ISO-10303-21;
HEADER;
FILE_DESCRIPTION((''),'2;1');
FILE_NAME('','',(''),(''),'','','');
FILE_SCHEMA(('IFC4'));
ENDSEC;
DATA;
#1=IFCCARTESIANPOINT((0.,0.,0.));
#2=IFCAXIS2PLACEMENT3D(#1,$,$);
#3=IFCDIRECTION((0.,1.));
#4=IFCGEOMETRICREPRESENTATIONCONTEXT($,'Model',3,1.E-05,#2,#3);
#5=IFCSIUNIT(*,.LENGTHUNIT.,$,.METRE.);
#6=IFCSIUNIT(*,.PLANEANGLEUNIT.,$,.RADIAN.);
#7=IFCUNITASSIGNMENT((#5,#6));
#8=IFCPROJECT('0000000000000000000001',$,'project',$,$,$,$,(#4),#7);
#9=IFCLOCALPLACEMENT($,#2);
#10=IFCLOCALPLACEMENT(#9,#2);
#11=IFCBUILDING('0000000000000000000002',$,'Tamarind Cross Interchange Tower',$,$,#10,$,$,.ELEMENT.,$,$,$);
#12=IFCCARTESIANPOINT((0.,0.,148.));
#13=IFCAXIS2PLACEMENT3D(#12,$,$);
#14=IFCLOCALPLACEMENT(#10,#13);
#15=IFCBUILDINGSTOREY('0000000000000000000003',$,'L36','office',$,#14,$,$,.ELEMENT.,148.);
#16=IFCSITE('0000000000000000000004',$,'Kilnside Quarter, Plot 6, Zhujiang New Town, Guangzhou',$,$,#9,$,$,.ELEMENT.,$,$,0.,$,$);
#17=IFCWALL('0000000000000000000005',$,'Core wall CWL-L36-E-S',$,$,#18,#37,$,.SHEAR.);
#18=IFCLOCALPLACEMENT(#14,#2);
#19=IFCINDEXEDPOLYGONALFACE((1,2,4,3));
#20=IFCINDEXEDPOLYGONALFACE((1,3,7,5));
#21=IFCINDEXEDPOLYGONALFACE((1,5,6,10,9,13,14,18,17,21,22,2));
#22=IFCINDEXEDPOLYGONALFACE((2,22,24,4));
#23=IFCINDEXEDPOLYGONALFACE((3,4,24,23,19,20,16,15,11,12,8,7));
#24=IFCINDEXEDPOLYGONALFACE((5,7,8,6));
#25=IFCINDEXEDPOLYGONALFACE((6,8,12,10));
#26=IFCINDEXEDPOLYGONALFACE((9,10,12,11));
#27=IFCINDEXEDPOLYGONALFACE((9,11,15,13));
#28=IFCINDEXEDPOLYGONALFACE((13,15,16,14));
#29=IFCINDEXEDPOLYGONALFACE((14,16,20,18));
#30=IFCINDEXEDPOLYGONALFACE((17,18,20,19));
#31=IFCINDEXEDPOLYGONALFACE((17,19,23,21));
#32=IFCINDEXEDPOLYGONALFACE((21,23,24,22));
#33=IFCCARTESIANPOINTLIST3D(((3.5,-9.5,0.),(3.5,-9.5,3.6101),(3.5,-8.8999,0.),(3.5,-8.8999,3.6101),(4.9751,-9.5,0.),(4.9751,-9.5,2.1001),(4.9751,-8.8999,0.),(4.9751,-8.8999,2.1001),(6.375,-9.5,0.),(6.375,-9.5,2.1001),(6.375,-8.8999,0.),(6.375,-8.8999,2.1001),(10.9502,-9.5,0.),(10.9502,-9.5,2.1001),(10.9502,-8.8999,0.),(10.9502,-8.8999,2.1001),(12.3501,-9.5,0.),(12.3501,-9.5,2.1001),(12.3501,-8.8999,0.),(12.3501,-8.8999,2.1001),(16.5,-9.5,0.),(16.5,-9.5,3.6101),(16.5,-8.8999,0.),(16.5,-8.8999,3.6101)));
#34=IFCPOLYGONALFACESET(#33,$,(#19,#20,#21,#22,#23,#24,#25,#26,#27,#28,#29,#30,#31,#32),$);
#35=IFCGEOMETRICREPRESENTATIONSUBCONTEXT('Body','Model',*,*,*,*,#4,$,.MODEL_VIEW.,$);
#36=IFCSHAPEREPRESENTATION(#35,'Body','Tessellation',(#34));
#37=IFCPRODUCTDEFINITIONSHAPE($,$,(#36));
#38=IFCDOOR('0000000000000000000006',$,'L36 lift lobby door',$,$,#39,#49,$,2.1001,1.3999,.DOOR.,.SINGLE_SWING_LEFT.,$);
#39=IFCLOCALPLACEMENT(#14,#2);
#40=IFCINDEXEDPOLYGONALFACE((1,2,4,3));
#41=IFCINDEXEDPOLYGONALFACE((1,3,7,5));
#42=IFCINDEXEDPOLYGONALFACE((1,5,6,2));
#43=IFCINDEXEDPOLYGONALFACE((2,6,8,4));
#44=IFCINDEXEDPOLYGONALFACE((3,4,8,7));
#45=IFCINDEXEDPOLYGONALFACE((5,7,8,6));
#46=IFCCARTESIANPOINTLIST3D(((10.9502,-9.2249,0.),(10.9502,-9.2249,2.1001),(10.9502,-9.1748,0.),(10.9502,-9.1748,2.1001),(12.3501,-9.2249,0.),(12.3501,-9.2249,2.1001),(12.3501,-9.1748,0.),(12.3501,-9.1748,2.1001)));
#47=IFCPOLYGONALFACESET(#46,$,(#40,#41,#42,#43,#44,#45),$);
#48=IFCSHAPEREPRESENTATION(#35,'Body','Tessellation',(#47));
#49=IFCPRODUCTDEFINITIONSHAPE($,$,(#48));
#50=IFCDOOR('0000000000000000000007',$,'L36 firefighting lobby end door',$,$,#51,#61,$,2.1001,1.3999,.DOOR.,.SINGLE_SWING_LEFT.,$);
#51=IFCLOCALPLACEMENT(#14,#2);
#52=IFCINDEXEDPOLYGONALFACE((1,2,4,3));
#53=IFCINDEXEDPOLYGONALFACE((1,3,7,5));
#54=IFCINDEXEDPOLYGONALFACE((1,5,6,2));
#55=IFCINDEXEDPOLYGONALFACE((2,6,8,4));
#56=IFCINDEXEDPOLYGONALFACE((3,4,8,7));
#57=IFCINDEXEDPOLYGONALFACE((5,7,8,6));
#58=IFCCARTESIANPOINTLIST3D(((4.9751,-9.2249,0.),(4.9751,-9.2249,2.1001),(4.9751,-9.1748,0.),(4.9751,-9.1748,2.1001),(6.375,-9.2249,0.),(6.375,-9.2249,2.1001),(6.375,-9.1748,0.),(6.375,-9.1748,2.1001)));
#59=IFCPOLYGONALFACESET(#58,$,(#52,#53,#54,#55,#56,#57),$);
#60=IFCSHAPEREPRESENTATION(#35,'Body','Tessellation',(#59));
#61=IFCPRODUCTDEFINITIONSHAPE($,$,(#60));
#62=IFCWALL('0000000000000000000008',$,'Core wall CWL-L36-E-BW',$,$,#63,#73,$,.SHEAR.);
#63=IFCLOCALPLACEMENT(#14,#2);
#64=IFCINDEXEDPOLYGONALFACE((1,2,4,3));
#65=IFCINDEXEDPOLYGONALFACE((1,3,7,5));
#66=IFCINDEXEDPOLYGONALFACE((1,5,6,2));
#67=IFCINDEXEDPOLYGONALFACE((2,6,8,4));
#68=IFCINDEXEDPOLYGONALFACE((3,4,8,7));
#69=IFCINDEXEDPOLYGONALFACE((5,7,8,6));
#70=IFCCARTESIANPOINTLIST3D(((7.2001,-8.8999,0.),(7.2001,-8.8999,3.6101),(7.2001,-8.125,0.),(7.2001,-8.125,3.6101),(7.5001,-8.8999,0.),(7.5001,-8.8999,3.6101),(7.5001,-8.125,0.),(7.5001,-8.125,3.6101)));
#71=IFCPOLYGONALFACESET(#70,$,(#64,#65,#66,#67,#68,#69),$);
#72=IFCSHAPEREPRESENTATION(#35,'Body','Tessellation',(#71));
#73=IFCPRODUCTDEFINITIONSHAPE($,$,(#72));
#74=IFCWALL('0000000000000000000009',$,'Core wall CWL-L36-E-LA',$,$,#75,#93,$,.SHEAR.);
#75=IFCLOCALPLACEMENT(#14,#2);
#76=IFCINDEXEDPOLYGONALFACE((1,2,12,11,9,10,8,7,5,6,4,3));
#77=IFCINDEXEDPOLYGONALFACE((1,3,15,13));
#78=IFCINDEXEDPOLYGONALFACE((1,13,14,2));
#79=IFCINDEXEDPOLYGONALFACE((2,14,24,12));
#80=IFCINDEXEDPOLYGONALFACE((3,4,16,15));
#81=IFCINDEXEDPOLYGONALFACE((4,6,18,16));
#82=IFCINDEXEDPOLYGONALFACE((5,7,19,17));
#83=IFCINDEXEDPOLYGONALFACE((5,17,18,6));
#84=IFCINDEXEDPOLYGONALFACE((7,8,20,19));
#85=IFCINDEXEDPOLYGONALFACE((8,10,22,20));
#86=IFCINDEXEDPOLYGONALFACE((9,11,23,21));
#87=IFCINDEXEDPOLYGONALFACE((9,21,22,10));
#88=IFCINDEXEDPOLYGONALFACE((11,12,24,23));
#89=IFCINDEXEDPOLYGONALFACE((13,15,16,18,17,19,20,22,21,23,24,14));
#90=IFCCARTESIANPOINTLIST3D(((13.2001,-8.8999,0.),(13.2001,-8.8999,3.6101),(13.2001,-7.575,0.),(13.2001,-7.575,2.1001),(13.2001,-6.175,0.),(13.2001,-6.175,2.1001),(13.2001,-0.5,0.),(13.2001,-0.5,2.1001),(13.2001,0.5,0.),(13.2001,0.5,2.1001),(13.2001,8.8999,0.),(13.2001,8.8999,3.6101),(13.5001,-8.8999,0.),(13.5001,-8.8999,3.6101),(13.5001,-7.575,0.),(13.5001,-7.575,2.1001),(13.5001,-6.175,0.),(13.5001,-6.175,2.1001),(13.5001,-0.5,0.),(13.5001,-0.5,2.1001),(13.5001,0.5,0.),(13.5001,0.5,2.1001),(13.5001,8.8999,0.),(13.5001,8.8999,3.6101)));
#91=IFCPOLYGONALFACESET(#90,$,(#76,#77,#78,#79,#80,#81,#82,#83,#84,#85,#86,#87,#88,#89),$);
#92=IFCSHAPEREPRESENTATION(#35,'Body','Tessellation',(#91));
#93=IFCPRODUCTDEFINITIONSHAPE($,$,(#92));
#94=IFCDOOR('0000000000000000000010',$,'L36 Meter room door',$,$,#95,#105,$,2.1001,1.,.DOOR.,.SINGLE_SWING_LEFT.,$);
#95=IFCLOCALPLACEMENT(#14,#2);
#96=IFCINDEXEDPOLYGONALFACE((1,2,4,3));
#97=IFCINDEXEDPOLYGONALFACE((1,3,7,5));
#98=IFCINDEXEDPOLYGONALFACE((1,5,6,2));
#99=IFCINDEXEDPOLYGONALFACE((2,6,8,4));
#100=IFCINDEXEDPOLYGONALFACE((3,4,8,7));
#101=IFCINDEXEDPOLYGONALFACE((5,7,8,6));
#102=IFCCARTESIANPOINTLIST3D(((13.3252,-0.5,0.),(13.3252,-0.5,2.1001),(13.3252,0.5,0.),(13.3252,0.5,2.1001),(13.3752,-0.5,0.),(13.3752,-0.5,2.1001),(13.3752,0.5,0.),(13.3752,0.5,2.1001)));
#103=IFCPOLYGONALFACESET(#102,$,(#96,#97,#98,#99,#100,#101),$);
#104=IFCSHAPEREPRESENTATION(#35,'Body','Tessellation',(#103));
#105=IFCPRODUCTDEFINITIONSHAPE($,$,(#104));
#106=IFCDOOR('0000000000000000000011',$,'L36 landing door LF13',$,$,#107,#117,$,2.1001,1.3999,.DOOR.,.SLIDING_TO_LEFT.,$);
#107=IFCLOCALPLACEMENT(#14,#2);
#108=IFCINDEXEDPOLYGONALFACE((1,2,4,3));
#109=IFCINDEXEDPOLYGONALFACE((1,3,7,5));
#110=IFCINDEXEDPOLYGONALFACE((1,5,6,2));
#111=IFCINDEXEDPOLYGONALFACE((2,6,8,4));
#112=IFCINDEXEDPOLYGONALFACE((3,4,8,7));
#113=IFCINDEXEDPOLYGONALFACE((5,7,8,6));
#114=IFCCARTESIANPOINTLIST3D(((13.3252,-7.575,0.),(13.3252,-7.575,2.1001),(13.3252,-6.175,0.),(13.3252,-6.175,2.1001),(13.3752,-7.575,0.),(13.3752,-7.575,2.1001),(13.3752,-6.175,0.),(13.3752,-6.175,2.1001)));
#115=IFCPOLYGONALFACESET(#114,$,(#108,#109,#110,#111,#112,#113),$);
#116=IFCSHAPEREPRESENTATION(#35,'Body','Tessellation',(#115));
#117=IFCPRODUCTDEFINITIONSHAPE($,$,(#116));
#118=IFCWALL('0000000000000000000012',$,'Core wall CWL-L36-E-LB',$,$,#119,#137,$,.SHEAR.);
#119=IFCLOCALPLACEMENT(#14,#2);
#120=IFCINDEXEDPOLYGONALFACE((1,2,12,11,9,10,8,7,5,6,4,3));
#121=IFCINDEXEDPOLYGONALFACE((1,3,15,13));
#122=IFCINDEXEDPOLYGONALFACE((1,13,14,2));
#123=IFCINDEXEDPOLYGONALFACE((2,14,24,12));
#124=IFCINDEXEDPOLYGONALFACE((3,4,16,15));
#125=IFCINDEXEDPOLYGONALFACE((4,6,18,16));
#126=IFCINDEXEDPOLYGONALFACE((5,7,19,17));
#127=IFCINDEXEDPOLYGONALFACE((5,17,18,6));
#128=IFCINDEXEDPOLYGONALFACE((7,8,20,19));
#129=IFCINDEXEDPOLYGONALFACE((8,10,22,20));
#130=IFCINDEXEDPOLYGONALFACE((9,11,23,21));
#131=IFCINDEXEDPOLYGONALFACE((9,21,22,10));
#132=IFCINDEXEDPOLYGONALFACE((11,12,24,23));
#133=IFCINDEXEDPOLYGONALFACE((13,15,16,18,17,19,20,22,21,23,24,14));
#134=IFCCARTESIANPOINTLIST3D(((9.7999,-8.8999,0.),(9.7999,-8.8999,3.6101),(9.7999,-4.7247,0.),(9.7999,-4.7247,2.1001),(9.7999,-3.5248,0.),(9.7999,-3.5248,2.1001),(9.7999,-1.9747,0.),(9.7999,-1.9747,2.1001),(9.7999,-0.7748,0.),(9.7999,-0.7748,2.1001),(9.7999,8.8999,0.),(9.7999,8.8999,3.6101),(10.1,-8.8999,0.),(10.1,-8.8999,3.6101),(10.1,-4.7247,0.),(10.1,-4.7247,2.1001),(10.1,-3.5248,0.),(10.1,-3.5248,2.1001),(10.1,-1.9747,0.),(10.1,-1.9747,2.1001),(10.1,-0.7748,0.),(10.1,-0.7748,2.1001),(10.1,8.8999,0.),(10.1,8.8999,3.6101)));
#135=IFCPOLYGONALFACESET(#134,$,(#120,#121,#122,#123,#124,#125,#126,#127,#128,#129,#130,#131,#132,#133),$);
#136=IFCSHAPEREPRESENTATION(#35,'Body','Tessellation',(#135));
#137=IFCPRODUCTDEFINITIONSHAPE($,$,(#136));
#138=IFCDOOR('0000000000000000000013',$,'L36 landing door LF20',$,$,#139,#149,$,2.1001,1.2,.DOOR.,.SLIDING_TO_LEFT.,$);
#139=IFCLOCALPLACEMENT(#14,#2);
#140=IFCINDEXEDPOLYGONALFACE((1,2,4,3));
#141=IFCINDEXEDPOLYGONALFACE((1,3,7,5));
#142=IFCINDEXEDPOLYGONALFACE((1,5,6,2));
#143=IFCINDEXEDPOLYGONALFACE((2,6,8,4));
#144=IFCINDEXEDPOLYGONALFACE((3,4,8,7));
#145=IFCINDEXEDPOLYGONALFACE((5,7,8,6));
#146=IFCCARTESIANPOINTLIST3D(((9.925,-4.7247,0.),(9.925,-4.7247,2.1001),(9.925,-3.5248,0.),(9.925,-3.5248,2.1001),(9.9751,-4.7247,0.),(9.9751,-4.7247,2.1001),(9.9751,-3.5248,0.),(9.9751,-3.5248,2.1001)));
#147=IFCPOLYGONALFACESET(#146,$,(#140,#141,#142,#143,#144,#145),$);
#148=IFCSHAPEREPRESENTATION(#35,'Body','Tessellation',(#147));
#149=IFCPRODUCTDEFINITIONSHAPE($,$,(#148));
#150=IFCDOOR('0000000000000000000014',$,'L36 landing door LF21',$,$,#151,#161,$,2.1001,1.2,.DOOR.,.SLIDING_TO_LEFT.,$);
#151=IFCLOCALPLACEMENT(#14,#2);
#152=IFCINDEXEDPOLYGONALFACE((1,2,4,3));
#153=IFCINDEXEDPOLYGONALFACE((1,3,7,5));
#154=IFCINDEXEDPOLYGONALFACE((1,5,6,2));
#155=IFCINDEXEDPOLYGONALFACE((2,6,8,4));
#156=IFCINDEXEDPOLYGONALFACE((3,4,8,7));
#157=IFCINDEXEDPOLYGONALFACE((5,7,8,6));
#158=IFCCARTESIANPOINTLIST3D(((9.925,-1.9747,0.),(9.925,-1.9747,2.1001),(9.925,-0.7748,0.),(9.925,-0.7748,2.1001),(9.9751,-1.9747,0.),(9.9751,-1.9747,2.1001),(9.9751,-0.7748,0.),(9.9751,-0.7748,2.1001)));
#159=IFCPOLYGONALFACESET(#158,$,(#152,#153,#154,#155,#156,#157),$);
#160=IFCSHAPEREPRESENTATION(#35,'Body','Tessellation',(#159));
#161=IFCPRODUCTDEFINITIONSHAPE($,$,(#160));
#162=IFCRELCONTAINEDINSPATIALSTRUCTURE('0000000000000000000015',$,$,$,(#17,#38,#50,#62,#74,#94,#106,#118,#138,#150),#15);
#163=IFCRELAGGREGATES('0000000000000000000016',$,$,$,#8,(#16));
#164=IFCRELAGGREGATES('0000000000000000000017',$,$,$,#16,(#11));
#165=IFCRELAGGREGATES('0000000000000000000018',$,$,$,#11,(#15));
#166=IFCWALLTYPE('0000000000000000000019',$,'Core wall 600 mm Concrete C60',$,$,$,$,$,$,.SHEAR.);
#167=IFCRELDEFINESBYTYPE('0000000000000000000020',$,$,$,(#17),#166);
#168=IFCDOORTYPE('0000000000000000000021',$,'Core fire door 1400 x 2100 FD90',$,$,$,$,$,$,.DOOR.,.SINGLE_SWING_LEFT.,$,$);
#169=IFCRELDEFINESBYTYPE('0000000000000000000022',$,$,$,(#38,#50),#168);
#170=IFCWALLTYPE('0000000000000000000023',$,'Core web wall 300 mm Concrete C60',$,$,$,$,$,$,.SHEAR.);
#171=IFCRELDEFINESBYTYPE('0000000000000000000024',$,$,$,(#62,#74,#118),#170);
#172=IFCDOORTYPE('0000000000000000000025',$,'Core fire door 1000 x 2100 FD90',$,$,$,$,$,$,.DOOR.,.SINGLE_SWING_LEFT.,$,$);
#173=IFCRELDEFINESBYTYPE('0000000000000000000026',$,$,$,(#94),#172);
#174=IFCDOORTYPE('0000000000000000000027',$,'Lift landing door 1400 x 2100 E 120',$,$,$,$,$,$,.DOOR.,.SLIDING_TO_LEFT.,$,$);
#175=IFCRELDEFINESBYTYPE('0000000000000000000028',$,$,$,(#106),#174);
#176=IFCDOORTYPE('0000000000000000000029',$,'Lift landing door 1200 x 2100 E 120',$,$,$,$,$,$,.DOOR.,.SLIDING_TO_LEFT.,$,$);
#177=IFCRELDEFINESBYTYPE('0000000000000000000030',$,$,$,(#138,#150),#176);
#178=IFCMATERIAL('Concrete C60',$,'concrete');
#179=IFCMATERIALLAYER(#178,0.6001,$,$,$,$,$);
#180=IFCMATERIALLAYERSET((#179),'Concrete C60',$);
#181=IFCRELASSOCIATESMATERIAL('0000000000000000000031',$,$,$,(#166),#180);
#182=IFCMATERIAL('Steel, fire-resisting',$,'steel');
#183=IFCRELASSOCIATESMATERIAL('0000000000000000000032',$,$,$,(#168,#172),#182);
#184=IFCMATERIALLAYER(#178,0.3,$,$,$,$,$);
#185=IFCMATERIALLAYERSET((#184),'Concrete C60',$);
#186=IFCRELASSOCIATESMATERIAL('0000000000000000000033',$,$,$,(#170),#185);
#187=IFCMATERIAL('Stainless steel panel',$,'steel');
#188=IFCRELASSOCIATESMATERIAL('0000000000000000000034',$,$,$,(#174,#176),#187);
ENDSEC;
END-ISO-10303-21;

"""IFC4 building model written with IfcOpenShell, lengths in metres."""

from ifc_helpers import new_model, si_unit, direction, frame, frame_2d, origin, place, context, subcontext, project, spatial, rectangle, extrude, material, layer, layer_set, type_object, element, fill, save


model = new_model("IFC4")

# Units and contexts
model_context = context("Model", 3, precision=1e-05, world=origin(), true_north=direction((0.0, 1.0)))
body_context = subcontext(model_context, "Body", "Model", "MODEL_VIEW")
ifc_project = project(units=[si_unit("LENGTHUNIT", "METRE"), si_unit("PLANEANGLEUNIT", "RADIAN")], contexts=[model_context])

# Site, building, storey
site_placement = place(None, origin())
site = spatial("IfcSite", under=ifc_project, at=site_placement, Name="Kilnside Quarter, Plot 6, Zhujiang New Town, Guangzhou", CompositionType="ELEMENT", RefElevation=0.0)
building_placement = place(site_placement, origin())
building = spatial("IfcBuilding", under=site, at=building_placement, Name="Tamarind Cross Interchange Tower", CompositionType="ELEMENT")
storey_placement = place(building_placement, frame((0.0, 0.0, 148.0)))
storey = spatial("IfcBuildingStorey", under=building, at=storey_placement, Name="L36", Description="office", CompositionType="ELEMENT", Elevation=148.0)

# Wall, openings, doors
ifc_material_1 = material(Name="Concrete C60", Category="concrete")
ifc_layer_1 = layer(ifc_material_1, 0.6001)
ifc_layer_set_1 = layer_set([ifc_layer_1], Name="Concrete C60")
wall_type_1 = type_object("IfcWallType", Name="Core wall 600 mm Concrete C60", PredefinedType="SHEAR", material=ifc_layer_set_1)
wall_1_placement = place(storey_placement, frame((16.5, -9.2, 0.0), z_axis=(0.0, 0.0, 1.0), x_axis=(-1.0, 0.0, 0.0)))
wall_1 = element("IfcWall", 1, at=wall_1_placement, inside=storey, type_object=wall_type_1, Name="Core wall CWL-L36-E-S", PredefinedType="SHEAR", context=body_context, shape_type="SweptSolid", body=[
    extrude(rectangle(XDim=13.0, YDim=0.6001, at=frame_2d((6.5, 0.0))), origin(), (0.0, 0.0, 1.0), 3.6101),
])
opening_1_placement = place(wall_1_placement, frame((4.1499, 0.0, 0.0)))
opening_1 = element("IfcOpeningElement", 2, at=opening_1_placement, cuts=wall_1, PredefinedType="OPENING", context=body_context, shape_type="SweptSolid", body=[
    extrude(rectangle(XDim=1.3999, YDim=2.1001, at=frame_2d((0.7, 1.05))), frame((0.0, 0.3101, 0.0), z_axis=(0.0, -1.0, 0.0), x_axis=(1.0, 0.0, 0.0)), (0.0, 0.0, 1.0), 0.6201),
])
opening_2_placement = place(wall_1_placement, frame((10.125, 0.0, 0.0)))
opening_2 = element("IfcOpeningElement", 3, at=opening_2_placement, cuts=wall_1, PredefinedType="OPENING", context=body_context, shape_type="SweptSolid", body=[
    extrude(rectangle(XDim=1.3999, YDim=2.1001, at=frame_2d((0.7, 1.05))), frame((0.0, 0.3101, 0.0), z_axis=(0.0, -1.0, 0.0), x_axis=(1.0, 0.0, 0.0)), (0.0, 0.0, 1.0), 0.6201),
])
ifc_material_2 = material(Name="Steel, fire-resisting", Category="steel")
door_type_1 = type_object("IfcDoorType", Name="Core fire door 1400 x 2100 FD90", OperationType="SINGLE_SWING_LEFT", PredefinedType="DOOR", material=ifc_material_2)
door_1_placement = place(opening_1_placement, origin())
door_1 = element("IfcDoor", 4, at=door_1_placement, inside=storey, type_object=door_type_1, Name="L36 lift lobby door", OperationType="SINGLE_SWING_LEFT", OverallHeight=2.1001, OverallWidth=1.3999, PredefinedType="DOOR", context=body_context, shape_type="SweptSolid", body=[
    extrude(rectangle(XDim=1.3999, YDim=2.1001, at=frame_2d((0.7, 1.05))), frame((0.0, 0.0249, 0.0), z_axis=(0.0, -1.0, 0.0), x_axis=(1.0, 0.0, 0.0)), (0.0, 0.0, 1.0), 0.05),
])
fill(opening_1, door_1)
door_2_placement = place(opening_2_placement, origin())
door_2 = element("IfcDoor", 5, at=door_2_placement, inside=storey, type_object=door_type_1, Name="L36 firefighting lobby end door", OperationType="SINGLE_SWING_LEFT", OverallHeight=2.1001, OverallWidth=1.3999, PredefinedType="DOOR", context=body_context, shape_type="SweptSolid", body=[
    extrude(rectangle(XDim=1.3999, YDim=2.1001, at=frame_2d((0.7, 1.05))), frame((0.0, 0.0249, 0.0), z_axis=(0.0, -1.0, 0.0), x_axis=(1.0, 0.0, 0.0)), (0.0, 0.0, 1.0), 0.05),
])
fill(opening_2, door_2)

# Wall
ifc_layer_2 = layer(ifc_material_1, 0.3)
ifc_layer_set_2 = layer_set([ifc_layer_2], Name="Concrete C60")
wall_type_2 = type_object("IfcWallType", Name="Core web wall 300 mm Concrete C60", PredefinedType="SHEAR", material=ifc_layer_set_2)
wall_2_placement = place(storey_placement, frame((7.3501, -8.8999, 0.0), z_axis=(0.0, 0.0, 1.0), x_axis=(0.0, 1.0, 0.0)))
element("IfcWall", 6, at=wall_2_placement, inside=storey, type_object=wall_type_2, Name="Core wall CWL-L36-E-BW", PredefinedType="SHEAR", context=body_context, shape_type="SweptSolid", body=[
    extrude(rectangle(XDim=0.7749, YDim=0.3, at=frame_2d((0.3875, 0.0))), origin(), (0.0, 0.0, 1.0), 3.6101),
])

# Walls, openings, doors
wall_3_placement = place(storey_placement, frame((13.3501, -8.8999, 0.0), z_axis=(0.0, 0.0, 1.0), x_axis=(0.0, 1.0, 0.0)))
wall_3 = element("IfcWall", 7, at=wall_3_placement, inside=storey, type_object=wall_type_2, Name="Core wall CWL-L36-E-LA", PredefinedType="SHEAR", context=body_context, shape_type="SweptSolid", body=[
    extrude(rectangle(XDim=17.7998, YDim=0.3, at=frame_2d((8.8999, 0.0))), origin(), (0.0, 0.0, 1.0), 3.6101),
])
opening_3_placement = place(wall_3_placement, frame((1.325, 0.0, 0.0)))
opening_3 = element("IfcOpeningElement", 8, at=opening_3_placement, cuts=wall_3, PredefinedType="OPENING", context=body_context, shape_type="SweptSolid", body=[
    extrude(rectangle(XDim=1.3999, YDim=2.1001, at=frame_2d((0.7, 1.05))), frame((0.0, 0.1599, 0.0), z_axis=(0.0, -1.0, 0.0), x_axis=(1.0, 0.0, 0.0)), (0.0, 0.0, 1.0), 0.3201),
])
opening_4_placement = place(wall_3_placement, frame((8.3999, 0.0, 0.0)))
opening_4 = element("IfcOpeningElement", 9, at=opening_4_placement, cuts=wall_3, PredefinedType="OPENING", context=body_context, shape_type="SweptSolid", body=[
    extrude(rectangle(XDim=1.0, YDim=2.1001, at=frame_2d((0.5, 1.05))), frame((0.0, 0.1599, 0.0), z_axis=(0.0, -1.0, 0.0), x_axis=(1.0, 0.0, 0.0)), (0.0, 0.0, 1.0), 0.3201),
])
door_type_2 = type_object("IfcDoorType", Name="Core fire door 1000 x 2100 FD90", OperationType="SINGLE_SWING_LEFT", PredefinedType="DOOR", material=ifc_material_2)
door_3_placement = place(opening_4_placement, origin())
door_3 = element("IfcDoor", 10, at=door_3_placement, inside=storey, type_object=door_type_2, Name="L36 Meter room door", OperationType="SINGLE_SWING_LEFT", OverallHeight=2.1001, OverallWidth=1.0, PredefinedType="DOOR", context=body_context, shape_type="SweptSolid", body=[
    extrude(rectangle(XDim=1.0, YDim=2.1001, at=frame_2d((0.5, 1.05))), frame((0.0, 0.0249, 0.0), z_axis=(0.0, -1.0, 0.0), x_axis=(1.0, 0.0, 0.0)), (0.0, 0.0, 1.0), 0.05),
])
fill(opening_4, door_3)
ifc_material_3 = material(Name="Stainless steel panel", Category="steel")
door_type_3 = type_object("IfcDoorType", Name="Lift landing door 1400 x 2100 E 120", OperationType="SLIDING_TO_LEFT", PredefinedType="DOOR", material=ifc_material_3)
door_4_placement = place(opening_3_placement, origin())
door_4 = element("IfcDoor", 11, at=door_4_placement, inside=storey, type_object=door_type_3, Name="L36 landing door LF13", OperationType="SLIDING_TO_LEFT", OverallHeight=2.1001, OverallWidth=1.3999, PredefinedType="DOOR", context=body_context, shape_type="SweptSolid", body=[
    extrude(rectangle(XDim=1.3999, YDim=2.1001, at=frame_2d((0.7, 1.05))), frame((0.0, 0.0249, 0.0), z_axis=(0.0, -1.0, 0.0), x_axis=(1.0, 0.0, 0.0)), (0.0, 0.0, 1.0), 0.05),
])
fill(opening_3, door_4)
wall_4_placement = place(storey_placement, frame((9.95, -8.8999, 0.0), z_axis=(0.0, 0.0, 1.0), x_axis=(0.0, 1.0, 0.0)))
wall_4 = element("IfcWall", 12, at=wall_4_placement, inside=storey, type_object=wall_type_2, Name="Core wall CWL-L36-E-LB", PredefinedType="SHEAR", context=body_context, shape_type="SweptSolid", body=[
    extrude(rectangle(XDim=17.7998, YDim=0.3, at=frame_2d((8.8999, 0.0))), origin(), (0.0, 0.0, 1.0), 3.6101),
])
opening_5_placement = place(wall_4_placement, frame((4.175, 0.0, 0.0)))
opening_5 = element("IfcOpeningElement", 13, at=opening_5_placement, cuts=wall_4, PredefinedType="OPENING", context=body_context, shape_type="SweptSolid", body=[
    extrude(rectangle(XDim=1.2, YDim=2.1001, at=frame_2d((0.6001, 1.05))), frame((0.0, 0.1599, 0.0), z_axis=(0.0, -1.0, 0.0), x_axis=(1.0, 0.0, 0.0)), (0.0, 0.0, 1.0), 0.3201),
])
opening_6_placement = place(wall_4_placement, frame((6.925, 0.0, 0.0)))
opening_6 = element("IfcOpeningElement", 14, at=opening_6_placement, cuts=wall_4, PredefinedType="OPENING", context=body_context, shape_type="SweptSolid", body=[
    extrude(rectangle(XDim=1.2, YDim=2.1001, at=frame_2d((0.6001, 1.05))), frame((0.0, 0.1599, 0.0), z_axis=(0.0, -1.0, 0.0), x_axis=(1.0, 0.0, 0.0)), (0.0, 0.0, 1.0), 0.3201),
])
door_type_4 = type_object("IfcDoorType", Name="Lift landing door 1200 x 2100 E 120", OperationType="SLIDING_TO_LEFT", PredefinedType="DOOR", material=ifc_material_3)
door_5_placement = place(opening_5_placement, origin())
door_5 = element("IfcDoor", 15, at=door_5_placement, inside=storey, type_object=door_type_4, Name="L36 landing door LF20", OperationType="SLIDING_TO_LEFT", OverallHeight=2.1001, OverallWidth=1.2, PredefinedType="DOOR", context=body_context, shape_type="SweptSolid", body=[
    extrude(rectangle(XDim=1.2, YDim=2.1001, at=frame_2d((0.6001, 1.05))), frame((0.0, 0.0249, 0.0), z_axis=(0.0, -1.0, 0.0), x_axis=(1.0, 0.0, 0.0)), (0.0, 0.0, 1.0), 0.05),
])
fill(opening_5, door_5)
door_6_placement = place(opening_6_placement, origin())
door_6 = element("IfcDoor", 16, at=door_6_placement, inside=storey, type_object=door_type_4, Name="L36 landing door LF21", OperationType="SLIDING_TO_LEFT", OverallHeight=2.1001, OverallWidth=1.2, PredefinedType="DOOR", context=body_context, shape_type="SweptSolid", body=[
    extrude(rectangle(XDim=1.2, YDim=2.1001, at=frame_2d((0.6001, 1.05))), frame((0.0, 0.0249, 0.0), z_axis=(0.0, -1.0, 0.0), x_axis=(1.0, 0.0, 0.0)), (0.0, 0.0, 1.0), 0.05),
])
fill(opening_6, door_6)

save(model, "model.ifc")
